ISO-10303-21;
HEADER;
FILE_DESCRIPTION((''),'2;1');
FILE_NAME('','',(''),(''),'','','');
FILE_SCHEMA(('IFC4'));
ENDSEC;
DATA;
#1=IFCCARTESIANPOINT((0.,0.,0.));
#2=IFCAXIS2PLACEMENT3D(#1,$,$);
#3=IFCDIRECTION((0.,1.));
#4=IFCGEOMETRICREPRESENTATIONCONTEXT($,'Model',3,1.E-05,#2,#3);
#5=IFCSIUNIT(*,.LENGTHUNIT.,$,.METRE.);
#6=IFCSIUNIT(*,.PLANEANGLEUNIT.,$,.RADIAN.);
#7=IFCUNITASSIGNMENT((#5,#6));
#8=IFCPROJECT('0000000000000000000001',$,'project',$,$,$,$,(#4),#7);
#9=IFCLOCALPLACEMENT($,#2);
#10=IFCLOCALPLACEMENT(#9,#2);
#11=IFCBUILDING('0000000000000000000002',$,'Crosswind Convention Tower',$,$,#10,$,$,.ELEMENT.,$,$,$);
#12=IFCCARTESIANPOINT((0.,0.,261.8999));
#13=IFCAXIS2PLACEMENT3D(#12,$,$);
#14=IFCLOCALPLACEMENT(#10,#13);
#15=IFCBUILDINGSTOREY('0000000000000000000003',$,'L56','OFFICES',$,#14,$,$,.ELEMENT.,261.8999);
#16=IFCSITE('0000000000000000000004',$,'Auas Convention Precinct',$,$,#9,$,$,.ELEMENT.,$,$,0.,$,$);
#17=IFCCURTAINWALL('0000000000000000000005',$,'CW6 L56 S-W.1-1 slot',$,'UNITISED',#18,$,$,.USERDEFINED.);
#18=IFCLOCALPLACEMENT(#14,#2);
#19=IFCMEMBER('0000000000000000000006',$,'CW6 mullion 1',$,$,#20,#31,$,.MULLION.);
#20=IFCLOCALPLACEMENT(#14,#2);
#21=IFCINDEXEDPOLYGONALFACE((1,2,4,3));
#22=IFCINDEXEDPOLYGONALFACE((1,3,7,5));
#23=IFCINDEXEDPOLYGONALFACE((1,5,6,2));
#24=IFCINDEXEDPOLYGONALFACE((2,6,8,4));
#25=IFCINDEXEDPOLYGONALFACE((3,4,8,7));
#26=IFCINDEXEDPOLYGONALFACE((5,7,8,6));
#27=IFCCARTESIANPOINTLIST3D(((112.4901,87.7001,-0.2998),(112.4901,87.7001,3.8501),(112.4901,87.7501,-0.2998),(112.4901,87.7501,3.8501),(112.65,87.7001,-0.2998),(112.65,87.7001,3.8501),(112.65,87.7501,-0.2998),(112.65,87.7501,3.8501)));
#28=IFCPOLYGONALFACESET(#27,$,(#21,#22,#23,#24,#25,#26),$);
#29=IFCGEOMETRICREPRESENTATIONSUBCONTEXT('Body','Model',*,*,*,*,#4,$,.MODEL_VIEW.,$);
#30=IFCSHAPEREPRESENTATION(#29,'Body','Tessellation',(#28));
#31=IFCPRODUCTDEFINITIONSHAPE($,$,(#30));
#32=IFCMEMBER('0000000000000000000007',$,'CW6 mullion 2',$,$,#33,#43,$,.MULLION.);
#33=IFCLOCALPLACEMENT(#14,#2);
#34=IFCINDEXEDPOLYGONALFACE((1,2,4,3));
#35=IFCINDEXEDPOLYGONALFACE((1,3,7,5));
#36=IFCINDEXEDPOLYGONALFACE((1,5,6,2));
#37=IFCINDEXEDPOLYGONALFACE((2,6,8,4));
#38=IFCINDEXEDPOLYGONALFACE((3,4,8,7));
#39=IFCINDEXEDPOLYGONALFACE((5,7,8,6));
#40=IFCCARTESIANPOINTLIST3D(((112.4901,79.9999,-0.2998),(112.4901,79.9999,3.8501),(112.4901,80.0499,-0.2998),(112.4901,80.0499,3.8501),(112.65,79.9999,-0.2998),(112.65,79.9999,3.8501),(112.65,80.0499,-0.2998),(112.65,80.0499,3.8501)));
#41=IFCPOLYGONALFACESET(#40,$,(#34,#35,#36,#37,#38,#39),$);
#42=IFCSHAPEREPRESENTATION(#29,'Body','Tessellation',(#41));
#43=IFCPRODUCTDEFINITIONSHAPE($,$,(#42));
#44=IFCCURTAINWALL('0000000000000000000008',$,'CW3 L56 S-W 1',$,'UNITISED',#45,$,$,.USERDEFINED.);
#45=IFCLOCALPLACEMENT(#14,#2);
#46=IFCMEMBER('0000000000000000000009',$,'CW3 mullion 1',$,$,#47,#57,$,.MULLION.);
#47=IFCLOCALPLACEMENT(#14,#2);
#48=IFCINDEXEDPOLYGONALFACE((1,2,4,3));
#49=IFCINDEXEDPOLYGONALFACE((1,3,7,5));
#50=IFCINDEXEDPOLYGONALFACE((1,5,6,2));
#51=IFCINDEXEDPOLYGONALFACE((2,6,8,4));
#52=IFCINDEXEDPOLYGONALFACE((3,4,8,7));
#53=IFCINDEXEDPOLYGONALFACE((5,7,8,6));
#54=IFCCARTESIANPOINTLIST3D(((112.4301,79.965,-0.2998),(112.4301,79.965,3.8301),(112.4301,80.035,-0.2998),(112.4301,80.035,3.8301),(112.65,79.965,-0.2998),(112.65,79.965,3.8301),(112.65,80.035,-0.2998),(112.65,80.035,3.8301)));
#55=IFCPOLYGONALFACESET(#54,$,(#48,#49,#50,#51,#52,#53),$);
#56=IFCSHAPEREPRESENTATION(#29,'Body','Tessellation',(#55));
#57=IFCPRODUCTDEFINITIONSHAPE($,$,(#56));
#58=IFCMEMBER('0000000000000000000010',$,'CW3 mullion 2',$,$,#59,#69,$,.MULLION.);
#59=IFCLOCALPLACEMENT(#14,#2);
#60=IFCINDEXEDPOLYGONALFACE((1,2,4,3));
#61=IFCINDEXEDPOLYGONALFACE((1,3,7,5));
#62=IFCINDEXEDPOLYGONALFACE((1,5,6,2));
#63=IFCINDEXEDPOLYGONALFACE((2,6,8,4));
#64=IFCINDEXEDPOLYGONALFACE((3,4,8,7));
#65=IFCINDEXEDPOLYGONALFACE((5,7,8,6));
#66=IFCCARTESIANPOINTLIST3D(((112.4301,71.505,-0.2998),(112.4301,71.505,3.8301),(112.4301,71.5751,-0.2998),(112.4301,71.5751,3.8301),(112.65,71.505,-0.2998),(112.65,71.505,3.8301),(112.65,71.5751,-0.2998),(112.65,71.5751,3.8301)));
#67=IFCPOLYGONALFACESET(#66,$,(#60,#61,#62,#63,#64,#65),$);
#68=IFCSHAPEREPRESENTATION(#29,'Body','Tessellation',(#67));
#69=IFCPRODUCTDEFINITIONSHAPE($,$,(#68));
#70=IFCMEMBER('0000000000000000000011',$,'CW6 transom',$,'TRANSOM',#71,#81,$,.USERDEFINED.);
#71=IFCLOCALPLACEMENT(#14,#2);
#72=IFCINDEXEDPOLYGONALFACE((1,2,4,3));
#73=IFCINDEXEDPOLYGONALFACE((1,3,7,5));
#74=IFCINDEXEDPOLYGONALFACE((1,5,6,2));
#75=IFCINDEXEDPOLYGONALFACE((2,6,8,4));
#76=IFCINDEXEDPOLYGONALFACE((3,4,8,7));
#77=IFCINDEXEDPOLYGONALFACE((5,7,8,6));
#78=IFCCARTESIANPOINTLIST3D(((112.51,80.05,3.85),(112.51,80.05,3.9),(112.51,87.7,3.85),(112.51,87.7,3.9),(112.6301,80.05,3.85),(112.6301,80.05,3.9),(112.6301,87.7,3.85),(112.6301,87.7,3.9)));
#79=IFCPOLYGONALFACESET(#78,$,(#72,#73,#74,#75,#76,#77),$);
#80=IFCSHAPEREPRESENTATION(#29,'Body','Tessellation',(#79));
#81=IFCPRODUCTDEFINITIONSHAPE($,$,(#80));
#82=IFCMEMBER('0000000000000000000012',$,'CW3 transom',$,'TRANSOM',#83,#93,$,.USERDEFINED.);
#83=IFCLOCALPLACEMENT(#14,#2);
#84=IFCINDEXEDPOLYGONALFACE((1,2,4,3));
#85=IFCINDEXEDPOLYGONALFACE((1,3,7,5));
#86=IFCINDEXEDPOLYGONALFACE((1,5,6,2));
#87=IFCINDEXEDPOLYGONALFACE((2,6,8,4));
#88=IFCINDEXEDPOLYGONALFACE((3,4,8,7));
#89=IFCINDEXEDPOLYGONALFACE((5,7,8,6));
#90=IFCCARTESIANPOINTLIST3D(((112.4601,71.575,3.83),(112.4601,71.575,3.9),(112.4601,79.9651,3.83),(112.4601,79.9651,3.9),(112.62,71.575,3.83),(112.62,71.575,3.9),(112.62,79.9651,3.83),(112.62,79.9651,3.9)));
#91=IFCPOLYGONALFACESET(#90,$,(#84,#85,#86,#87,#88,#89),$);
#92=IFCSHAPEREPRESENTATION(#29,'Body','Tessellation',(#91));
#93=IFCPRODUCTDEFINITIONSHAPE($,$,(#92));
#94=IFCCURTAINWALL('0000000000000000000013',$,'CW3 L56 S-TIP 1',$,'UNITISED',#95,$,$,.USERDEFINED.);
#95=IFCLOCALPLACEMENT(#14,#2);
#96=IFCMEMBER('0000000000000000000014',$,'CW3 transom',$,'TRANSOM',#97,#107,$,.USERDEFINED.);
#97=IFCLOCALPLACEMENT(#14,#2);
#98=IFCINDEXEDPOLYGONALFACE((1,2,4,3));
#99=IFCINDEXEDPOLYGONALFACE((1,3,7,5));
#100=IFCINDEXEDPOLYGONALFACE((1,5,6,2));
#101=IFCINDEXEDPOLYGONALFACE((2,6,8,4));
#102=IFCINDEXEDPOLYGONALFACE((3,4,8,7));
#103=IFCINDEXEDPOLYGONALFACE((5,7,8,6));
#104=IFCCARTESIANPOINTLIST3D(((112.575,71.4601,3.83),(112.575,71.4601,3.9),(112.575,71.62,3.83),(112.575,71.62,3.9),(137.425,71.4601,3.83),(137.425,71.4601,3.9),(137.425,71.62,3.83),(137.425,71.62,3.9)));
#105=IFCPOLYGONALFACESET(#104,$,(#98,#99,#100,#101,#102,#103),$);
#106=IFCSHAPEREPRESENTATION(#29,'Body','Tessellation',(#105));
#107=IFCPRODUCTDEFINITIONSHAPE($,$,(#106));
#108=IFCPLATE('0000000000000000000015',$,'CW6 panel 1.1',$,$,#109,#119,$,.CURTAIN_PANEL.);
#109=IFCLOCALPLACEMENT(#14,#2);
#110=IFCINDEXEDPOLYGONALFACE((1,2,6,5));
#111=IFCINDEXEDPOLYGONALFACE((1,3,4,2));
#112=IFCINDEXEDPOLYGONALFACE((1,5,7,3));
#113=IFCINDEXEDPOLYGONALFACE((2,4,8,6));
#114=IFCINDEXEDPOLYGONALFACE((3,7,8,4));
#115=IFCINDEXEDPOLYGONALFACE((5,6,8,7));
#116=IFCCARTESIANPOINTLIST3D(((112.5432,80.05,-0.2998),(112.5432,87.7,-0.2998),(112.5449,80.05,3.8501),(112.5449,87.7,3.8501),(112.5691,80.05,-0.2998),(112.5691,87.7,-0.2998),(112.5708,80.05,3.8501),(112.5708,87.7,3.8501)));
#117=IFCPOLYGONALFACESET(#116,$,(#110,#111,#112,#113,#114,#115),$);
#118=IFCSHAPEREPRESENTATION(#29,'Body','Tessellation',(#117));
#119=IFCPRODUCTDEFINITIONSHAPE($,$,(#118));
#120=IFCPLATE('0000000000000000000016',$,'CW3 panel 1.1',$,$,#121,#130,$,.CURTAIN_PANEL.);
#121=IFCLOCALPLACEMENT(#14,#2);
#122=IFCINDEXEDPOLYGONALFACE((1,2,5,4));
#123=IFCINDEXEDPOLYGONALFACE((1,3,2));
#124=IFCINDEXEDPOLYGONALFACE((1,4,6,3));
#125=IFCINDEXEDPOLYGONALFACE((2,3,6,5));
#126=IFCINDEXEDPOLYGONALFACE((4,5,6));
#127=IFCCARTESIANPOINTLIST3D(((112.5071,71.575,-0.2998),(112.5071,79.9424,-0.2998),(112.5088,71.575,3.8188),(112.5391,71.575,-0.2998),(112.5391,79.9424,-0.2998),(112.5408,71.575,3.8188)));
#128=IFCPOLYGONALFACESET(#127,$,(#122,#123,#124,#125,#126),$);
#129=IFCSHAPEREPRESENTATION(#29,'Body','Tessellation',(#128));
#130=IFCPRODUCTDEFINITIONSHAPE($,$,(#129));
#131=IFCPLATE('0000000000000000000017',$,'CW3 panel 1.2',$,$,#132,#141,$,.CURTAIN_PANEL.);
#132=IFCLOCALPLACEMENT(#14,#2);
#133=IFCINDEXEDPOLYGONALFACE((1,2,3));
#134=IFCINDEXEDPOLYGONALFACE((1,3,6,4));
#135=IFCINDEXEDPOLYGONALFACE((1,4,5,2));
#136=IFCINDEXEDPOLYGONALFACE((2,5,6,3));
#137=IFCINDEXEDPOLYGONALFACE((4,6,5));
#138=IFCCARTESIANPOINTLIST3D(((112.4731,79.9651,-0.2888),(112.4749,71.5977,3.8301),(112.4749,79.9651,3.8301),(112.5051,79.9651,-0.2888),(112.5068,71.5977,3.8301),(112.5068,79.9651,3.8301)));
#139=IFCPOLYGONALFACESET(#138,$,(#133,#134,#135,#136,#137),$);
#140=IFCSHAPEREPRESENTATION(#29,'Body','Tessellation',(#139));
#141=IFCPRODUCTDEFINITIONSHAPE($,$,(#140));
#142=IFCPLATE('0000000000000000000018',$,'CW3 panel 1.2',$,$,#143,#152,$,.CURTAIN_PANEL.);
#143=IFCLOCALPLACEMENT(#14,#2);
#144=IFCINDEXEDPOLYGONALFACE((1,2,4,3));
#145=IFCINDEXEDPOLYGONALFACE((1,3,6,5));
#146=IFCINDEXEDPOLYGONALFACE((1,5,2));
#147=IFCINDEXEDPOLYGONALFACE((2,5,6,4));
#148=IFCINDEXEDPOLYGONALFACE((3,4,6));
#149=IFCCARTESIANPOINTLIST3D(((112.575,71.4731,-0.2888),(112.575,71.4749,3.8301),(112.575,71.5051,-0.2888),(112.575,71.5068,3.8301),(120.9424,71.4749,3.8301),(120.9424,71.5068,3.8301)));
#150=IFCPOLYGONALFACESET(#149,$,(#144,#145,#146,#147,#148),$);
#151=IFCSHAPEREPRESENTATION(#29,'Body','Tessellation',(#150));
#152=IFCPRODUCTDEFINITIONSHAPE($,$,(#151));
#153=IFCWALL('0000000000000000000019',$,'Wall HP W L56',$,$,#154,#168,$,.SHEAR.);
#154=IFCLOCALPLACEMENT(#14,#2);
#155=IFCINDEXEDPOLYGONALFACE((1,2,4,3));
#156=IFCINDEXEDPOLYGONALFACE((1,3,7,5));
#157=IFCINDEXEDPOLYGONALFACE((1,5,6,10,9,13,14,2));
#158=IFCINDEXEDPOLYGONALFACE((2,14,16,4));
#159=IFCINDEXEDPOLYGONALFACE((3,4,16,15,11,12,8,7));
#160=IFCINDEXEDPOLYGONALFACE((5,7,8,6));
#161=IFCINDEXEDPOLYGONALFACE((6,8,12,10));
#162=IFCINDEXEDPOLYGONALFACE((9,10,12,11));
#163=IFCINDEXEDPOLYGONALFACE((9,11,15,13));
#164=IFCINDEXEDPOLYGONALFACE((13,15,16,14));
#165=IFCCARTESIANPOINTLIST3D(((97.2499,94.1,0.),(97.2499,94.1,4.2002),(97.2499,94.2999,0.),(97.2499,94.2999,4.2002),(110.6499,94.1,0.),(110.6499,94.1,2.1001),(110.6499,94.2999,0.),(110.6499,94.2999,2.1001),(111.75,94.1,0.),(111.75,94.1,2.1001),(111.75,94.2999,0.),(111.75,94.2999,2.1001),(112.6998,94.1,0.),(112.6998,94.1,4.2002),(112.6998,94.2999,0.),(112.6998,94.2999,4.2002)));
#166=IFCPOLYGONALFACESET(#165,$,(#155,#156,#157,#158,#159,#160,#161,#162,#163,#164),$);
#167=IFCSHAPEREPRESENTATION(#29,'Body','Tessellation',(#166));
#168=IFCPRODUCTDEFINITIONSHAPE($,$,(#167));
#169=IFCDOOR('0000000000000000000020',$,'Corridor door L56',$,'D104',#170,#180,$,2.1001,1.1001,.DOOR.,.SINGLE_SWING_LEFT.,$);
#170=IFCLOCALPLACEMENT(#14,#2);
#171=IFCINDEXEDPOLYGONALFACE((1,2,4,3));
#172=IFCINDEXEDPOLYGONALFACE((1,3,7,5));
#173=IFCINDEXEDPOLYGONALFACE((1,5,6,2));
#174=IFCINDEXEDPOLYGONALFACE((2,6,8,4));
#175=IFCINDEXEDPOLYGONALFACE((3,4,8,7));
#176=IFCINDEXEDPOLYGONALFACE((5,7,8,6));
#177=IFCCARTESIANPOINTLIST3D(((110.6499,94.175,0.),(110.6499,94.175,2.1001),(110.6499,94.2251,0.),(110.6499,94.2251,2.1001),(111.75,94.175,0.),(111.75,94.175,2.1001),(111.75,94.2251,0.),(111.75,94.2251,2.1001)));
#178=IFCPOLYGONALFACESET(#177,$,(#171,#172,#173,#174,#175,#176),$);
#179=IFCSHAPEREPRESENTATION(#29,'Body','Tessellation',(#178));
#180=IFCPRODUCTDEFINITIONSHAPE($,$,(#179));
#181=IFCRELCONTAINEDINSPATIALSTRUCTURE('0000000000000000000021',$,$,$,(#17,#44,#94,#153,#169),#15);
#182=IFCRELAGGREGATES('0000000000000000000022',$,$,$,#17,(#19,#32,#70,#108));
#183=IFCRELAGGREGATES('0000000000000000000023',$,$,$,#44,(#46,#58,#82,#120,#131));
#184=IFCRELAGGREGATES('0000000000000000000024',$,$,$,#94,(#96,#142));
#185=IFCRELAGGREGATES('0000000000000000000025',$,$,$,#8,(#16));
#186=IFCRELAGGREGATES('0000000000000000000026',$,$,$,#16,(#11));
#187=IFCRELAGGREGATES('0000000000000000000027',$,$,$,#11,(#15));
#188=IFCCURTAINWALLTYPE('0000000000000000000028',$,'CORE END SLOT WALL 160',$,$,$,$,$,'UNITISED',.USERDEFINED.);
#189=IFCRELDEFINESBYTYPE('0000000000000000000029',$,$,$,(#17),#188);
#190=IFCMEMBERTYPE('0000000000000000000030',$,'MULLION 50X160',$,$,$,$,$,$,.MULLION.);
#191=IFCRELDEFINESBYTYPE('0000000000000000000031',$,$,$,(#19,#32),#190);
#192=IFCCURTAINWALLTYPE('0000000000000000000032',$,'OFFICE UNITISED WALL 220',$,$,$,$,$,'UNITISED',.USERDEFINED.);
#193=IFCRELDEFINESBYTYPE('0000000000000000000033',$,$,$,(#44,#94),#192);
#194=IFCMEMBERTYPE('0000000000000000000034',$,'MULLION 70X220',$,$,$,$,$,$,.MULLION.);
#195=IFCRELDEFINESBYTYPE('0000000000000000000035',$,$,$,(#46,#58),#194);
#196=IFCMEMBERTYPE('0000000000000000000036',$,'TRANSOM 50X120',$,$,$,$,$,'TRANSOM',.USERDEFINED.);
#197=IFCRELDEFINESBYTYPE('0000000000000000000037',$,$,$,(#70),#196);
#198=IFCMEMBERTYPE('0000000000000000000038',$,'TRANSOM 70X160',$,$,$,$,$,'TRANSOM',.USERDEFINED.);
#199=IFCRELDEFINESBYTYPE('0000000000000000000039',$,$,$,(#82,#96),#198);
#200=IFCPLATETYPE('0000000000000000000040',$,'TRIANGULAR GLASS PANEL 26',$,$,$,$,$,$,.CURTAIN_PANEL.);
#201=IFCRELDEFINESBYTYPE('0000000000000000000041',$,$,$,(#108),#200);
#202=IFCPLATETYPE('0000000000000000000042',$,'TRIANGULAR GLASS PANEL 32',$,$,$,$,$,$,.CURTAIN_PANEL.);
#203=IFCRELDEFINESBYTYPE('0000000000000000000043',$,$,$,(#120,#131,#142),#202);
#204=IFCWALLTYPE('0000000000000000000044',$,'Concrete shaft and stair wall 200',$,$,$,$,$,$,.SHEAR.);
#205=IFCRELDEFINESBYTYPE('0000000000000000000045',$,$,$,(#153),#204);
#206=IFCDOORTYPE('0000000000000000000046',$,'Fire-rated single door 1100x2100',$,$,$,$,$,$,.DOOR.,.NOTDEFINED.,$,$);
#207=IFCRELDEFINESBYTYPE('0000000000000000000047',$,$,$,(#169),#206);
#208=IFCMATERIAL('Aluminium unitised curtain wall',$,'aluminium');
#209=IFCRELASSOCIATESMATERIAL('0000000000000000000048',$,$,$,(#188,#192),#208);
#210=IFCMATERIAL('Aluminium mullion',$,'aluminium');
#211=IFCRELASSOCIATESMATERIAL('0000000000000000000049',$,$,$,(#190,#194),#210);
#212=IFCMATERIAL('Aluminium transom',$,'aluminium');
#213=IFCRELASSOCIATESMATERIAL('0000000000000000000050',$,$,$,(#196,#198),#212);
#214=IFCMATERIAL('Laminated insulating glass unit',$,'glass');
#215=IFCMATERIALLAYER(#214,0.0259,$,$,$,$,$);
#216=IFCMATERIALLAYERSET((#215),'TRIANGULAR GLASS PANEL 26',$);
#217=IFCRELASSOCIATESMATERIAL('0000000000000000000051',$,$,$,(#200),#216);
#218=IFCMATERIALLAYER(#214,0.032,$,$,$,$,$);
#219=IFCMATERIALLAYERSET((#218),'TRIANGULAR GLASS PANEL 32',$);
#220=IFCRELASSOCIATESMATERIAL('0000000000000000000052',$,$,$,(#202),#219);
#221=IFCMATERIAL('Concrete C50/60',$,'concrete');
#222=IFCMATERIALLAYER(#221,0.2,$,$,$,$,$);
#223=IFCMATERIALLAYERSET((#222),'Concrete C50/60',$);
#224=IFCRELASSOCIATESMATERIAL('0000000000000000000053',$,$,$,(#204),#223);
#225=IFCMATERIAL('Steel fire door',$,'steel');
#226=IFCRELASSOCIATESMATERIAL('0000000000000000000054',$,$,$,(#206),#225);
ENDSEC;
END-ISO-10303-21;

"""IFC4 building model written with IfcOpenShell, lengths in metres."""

from ifc_helpers import new_model, si_unit, direction, frame, frame_2d, origin, origin_2d, place, context, subcontext, project, spatial, polyline, rectangle, outline, extrude, material, layer, layer_set, material_profile, profile_set, type_object, element, fill, aggregate, save


model = new_model("IFC4")

# Units and contexts
model_context = context("Model", 3, precision=1e-05, world=origin(), true_north=direction((0.0, 1.0)))
body_context = subcontext(model_context, "Body", "Model", "MODEL_VIEW")
ifc_project = project(units=[si_unit("LENGTHUNIT", "METRE"), si_unit("PLANEANGLEUNIT", "RADIAN")], contexts=[model_context])

# Site, building, storey
site_placement = place(None, origin())
site = spatial("IfcSite", under=ifc_project, at=site_placement, Name="Auas Convention Precinct", CompositionType="ELEMENT", RefElevation=0.0)
building_placement = place(site_placement, origin())
building = spatial("IfcBuilding", under=site, at=building_placement, Name="Crosswind Convention Tower", CompositionType="ELEMENT")
storey_placement = place(building_placement, frame((0.0, 0.0, 261.8999)))
storey = spatial("IfcBuildingStorey", under=building, at=storey_placement, Name="L56", Description="OFFICES", CompositionType="ELEMENT", Elevation=261.8999)

# Curtain walls, members
ifc_material_1 = material(Name="Aluminium unitised curtain wall", Category="aluminium")
curtain_wall_type_1 = type_object("IfcCurtainWallType", Name="CORE END SLOT WALL 160", ElementType="UNITISED", PredefinedType="USERDEFINED", material=ifc_material_1)
curtain_wall_1_placement = place(storey_placement, origin())
curtain_wall_1 = element("IfcCurtainWall", 1, at=curtain_wall_1_placement, inside=storey, type_object=curtain_wall_type_1, Name="CW6 L56 S-W.1-1 slot", ObjectType="UNITISED", PredefinedType="USERDEFINED")
ifc_material_2 = material(Name="Aluminium mullion", Category="aluminium")
ifc_material_profile_1 = material_profile(ifc_material_2, rectangle(XDim=0.1599, YDim=0.05, at=origin_2d()), Name="AL 160X50")
ifc_profile_set_1 = profile_set([ifc_material_profile_1], Name="Aluminium mullion")
member_type_1 = type_object("IfcMemberType", Name="MULLION 50X160", PredefinedType="MULLION", material=ifc_profile_set_1)
member_1_placement = place(storey_placement, frame((112.5701, 87.7251, -0.2998), z_axis=(0.0, 0.0, 1.0), x_axis=(-1.0, 0.0, 0.0)))
member_1 = element("IfcMember", 2, at=member_1_placement, type_object=member_type_1, Name="CW6 mullion 1", PredefinedType="MULLION", context=body_context, shape_type="SweptSolid", body=[
    extrude(rectangle(XDim=0.1599, YDim=0.05, at=origin_2d()), origin(), (0.0, 0.0, 1.0), 4.1499),
])
member_2_placement = place(storey_placement, frame((112.5701, 80.0249, -0.2998), z_axis=(0.0, 0.0, 1.0), x_axis=(-1.0, 0.0, 0.0)))
member_2 = element("IfcMember", 3, at=member_2_placement, type_object=member_type_1, Name="CW6 mullion 2", PredefinedType="MULLION", context=body_context, shape_type="SweptSolid", body=[
    extrude(rectangle(XDim=0.1599, YDim=0.05, at=origin_2d()), origin(), (0.0, 0.0, 1.0), 4.1499),
])
curtain_wall_type_2 = type_object("IfcCurtainWallType", Name="OFFICE UNITISED WALL 220", ElementType="UNITISED", PredefinedType="USERDEFINED", material=ifc_material_1)
curtain_wall_2_placement = place(storey_placement, origin())
curtain_wall_2 = element("IfcCurtainWall", 4, at=curtain_wall_2_placement, inside=storey, type_object=curtain_wall_type_2, Name="CW3 L56 S-W 1", ObjectType="UNITISED", PredefinedType="USERDEFINED")
ifc_material_profile_2 = material_profile(ifc_material_2, rectangle(XDim=0.22, YDim=0.0701, at=origin_2d()), Name="AL 220X70")
ifc_profile_set_2 = profile_set([ifc_material_profile_2], Name="Aluminium mullion")
member_type_2 = type_object("IfcMemberType", Name="MULLION 70X220", PredefinedType="MULLION", material=ifc_profile_set_2)
member_3_placement = place(storey_placement, frame((112.54, 80.0, -0.2998), z_axis=(0.0, 0.0, 1.0), x_axis=(-1.0, 0.0, 0.0)))
member_3 = element("IfcMember", 5, at=member_3_placement, type_object=member_type_2, Name="CW3 mullion 1", PredefinedType="MULLION", context=body_context, shape_type="SweptSolid", body=[
    extrude(rectangle(XDim=0.22, YDim=0.0701, at=origin_2d()), origin(), (0.0, 0.0, 1.0), 4.1299),
])
member_4_placement = place(storey_placement, frame((112.54, 71.54, -0.2998), z_axis=(0.0, 0.0, 1.0), x_axis=(-1.0, 0.0, 0.0)))
member_4 = element("IfcMember", 6, at=member_4_placement, type_object=member_type_2, Name="CW3 mullion 2", PredefinedType="MULLION", context=body_context, shape_type="SweptSolid", body=[
    extrude(rectangle(XDim=0.22, YDim=0.0701, at=origin_2d()), origin(), (0.0, 0.0, 1.0), 4.1299),
])

# Members
ifc_material_3 = material(Name="Aluminium transom", Category="aluminium")
ifc_material_profile_3 = material_profile(ifc_material_3, rectangle(XDim=0.1201, YDim=0.05, at=origin_2d()), Name="AL 120X50")
ifc_profile_set_3 = profile_set([ifc_material_profile_3], Name="Aluminium transom")
member_type_3 = type_object("IfcMemberType", Name="TRANSOM 50X120", ElementType="TRANSOM", PredefinedType="USERDEFINED", material=ifc_profile_set_3)
member_5_placement = place(storey_placement, frame((112.5701, 87.7, 3.875), z_axis=(0.0, -1.0, 0.0), x_axis=(1.0, 0.0, 0.0)))
member_5 = element("IfcMember", 7, at=member_5_placement, type_object=member_type_3, Name="CW6 transom", ObjectType="TRANSOM", PredefinedType="USERDEFINED", context=body_context, shape_type="SweptSolid", body=[
    extrude(rectangle(XDim=0.1201, YDim=0.05, at=origin_2d()), origin(), (0.0, 0.0, 1.0), 7.6499),
])
ifc_material_profile_4 = material_profile(ifc_material_3, rectangle(XDim=0.1599, YDim=0.0701, at=origin_2d()), Name="AL 160X70")
ifc_profile_set_4 = profile_set([ifc_material_profile_4], Name="Aluminium transom")
member_type_4 = type_object("IfcMemberType", Name="TRANSOM 70X160", ElementType="TRANSOM", PredefinedType="USERDEFINED", material=ifc_profile_set_4)
member_6_placement = place(storey_placement, frame((112.54, 79.9651, 3.865), z_axis=(0.0, -1.0, 0.0), x_axis=(1.0, 0.0, 0.0)))
member_6 = element("IfcMember", 8, at=member_6_placement, type_object=member_type_4, Name="CW3 transom", ObjectType="TRANSOM", PredefinedType="USERDEFINED", context=body_context, shape_type="SweptSolid", body=[
    extrude(rectangle(XDim=0.1599, YDim=0.0701, at=origin_2d()), origin(), (0.0, 0.0, 1.0), 8.3901),
])

# Curtain wall, member
curtain_wall_3_placement = place(storey_placement, origin())
curtain_wall_3 = element("IfcCurtainWall", 9, at=curtain_wall_3_placement, inside=storey, type_object=curtain_wall_type_2, Name="CW3 L56 S-TIP 1", ObjectType="UNITISED", PredefinedType="USERDEFINED")
member_7_placement = place(storey_placement, frame((112.575, 71.54, 3.865), z_axis=(1.0, 0.0, 0.0), x_axis=(0.0, 1.0, 0.0)))
member_7 = element("IfcMember", 10, at=member_7_placement, type_object=member_type_4, Name="CW3 transom", ObjectType="TRANSOM", PredefinedType="USERDEFINED", context=body_context, shape_type="SweptSolid", body=[
    extrude(rectangle(XDim=0.1599, YDim=0.0701, at=origin_2d()), origin(), (0.0, 0.0, 1.0), 24.8501),
])

# Plates
ifc_material_4 = material(Name="Laminated insulating glass unit", Category="glass")
ifc_layer_1 = layer(ifc_material_4, 0.0259)
ifc_layer_set_1 = layer_set([ifc_layer_1], Name="TRIANGULAR GLASS PANEL 26")
plate_type_1 = type_object("IfcPlateType", Name="TRIANGULAR GLASS PANEL 26", PredefinedType="CURTAIN_PANEL", material=ifc_layer_set_1)
plate_1_placement = place(storey_placement, frame((112.5432, 87.7, -0.2998), z_axis=(-1.0, 0.0, 0.000412), x_axis=(0.0, -1.0, 0.0)))
plate_1 = element("IfcPlate", 11, at=plate_1_placement, type_object=plate_type_1, Name="CW6 panel 1.1", PredefinedType="CURTAIN_PANEL", context=body_context, shape_type="SweptSolid", body=[
    extrude(outline(polyline([(0.0, 0.0), (7.6499, 0.0), (7.6499, 4.1499), (0.0, 4.1499), (0.0, 0.0)])), origin(), (0.0, 0.0, -1.0), 0.0259),
])
aggregate(curtain_wall_1, [member_1, member_2, member_5, plate_1])
ifc_layer_2 = layer(ifc_material_4, 0.032)
ifc_layer_set_2 = layer_set([ifc_layer_2], Name="TRIANGULAR GLASS PANEL 32")
plate_type_2 = type_object("IfcPlateType", Name="TRIANGULAR GLASS PANEL 32", PredefinedType="CURTAIN_PANEL", material=ifc_layer_set_2)
plate_2_placement = place(storey_placement, frame((112.5071, 71.575, -0.2998), z_axis=(-1.0, 0.0, 0.000415), x_axis=(0.000415, 0.0, 1.0)))
plate_2 = element("IfcPlate", 12, at=plate_2_placement, type_object=plate_type_2, Name="CW3 panel 1.1", PredefinedType="CURTAIN_PANEL", context=body_context, shape_type="SweptSolid", body=[
    extrude(outline(polyline([(0.0, 0.0), (4.1187, 0.0), (0.0, 8.3674), (0.0, 0.0)])), origin(), (0.0, 0.0, -1.0), 0.032),
])
plate_3_placement = place(storey_placement, frame((112.4749, 79.9651, 3.8301), z_axis=(-1.0, 0.0, 0.000415), x_axis=(-0.000415, 0.0, -1.0)))
plate_3 = element("IfcPlate", 13, at=plate_3_placement, type_object=plate_type_2, Name="CW3 panel 1.2", PredefinedType="CURTAIN_PANEL", context=body_context, shape_type="SweptSolid", body=[
    extrude(outline(polyline([(0.0, 0.0), (4.1189, 0.0), (0.0, 8.3674), (0.0, 0.0)])), origin(), (0.0, 0.0, -1.0), 0.032),
])
plate_4_placement = place(storey_placement, frame((112.575, 71.4749, 3.8301), z_axis=(0.0, -1.0, 0.000415), x_axis=(0.0, -0.000415, -1.0)))
plate_4 = element("IfcPlate", 14, at=plate_4_placement, type_object=plate_type_2, Name="CW3 panel 1.2", PredefinedType="CURTAIN_PANEL", context=body_context, shape_type="SweptSolid", body=[
    extrude(outline(polyline([(0.0, 0.0), (4.1189, 0.0), (0.0, 8.3674), (0.0, 0.0)])), origin(), (0.0, 0.0, -1.0), 0.032),
])

# Wall, opening, door
ifc_material_5 = material(Name="Concrete C50/60", Category="concrete")
ifc_layer_3 = layer(ifc_material_5, 0.2)
ifc_layer_set_3 = layer_set([ifc_layer_3], Name="Concrete C50/60")
wall_type = type_object("IfcWallType", Name="Concrete shaft and stair wall 200", PredefinedType="SHEAR", material=ifc_layer_set_3)
wall_1_placement = place(storey_placement, frame((112.7, 94.2, 0.0), z_axis=(0.0, 0.0, 1.0), x_axis=(-1.0, 0.0, 0.0)))
wall_1 = element("IfcWall", 15, at=wall_1_placement, inside=storey, type_object=wall_type, Name="Wall HP W L56", PredefinedType="SHEAR", context=body_context, shape_type="SweptSolid", body=[
    extrude(rectangle(XDim=15.45, YDim=0.2, at=frame_2d((7.7251, 0.0))), origin(), (0.0, 0.0, 1.0), 4.2002),
])
opening_1_placement = place(wall_1_placement, frame((0.95, 0.0, 0.0)))
opening_1 = element("IfcOpeningElement", 16, at=opening_1_placement, cuts=wall_1, PredefinedType="OPENING", context=body_context, shape_type="SweptSolid", body=[
    extrude(rectangle(XDim=1.1001, YDim=2.1001, at=frame_2d((0.55, 1.05))), frame((0.0, 0.1099, 0.0), z_axis=(0.0, -1.0, 0.0), x_axis=(1.0, 0.0, 0.0)), (0.0, 0.0, 1.0), 0.22),
])
ifc_material_6 = material(Name="Steel fire door", Category="steel")
door_type_1 = type_object("IfcDoorType", Name="Fire-rated single door 1100x2100", OperationType="NOTDEFINED", PredefinedType="DOOR", material=ifc_material_6)
door_1_placement = place(opening_1_placement, origin())
door_1 = element("IfcDoor", 17, at=door_1_placement, inside=storey, type_object=door_type_1, Name="Corridor door L56", ObjectType="D104", OperationType="SINGLE_SWING_LEFT", OverallHeight=2.1001, OverallWidth=1.1001, PredefinedType="DOOR", context=body_context, shape_type="SweptSolid", body=[
    extrude(rectangle(XDim=1.1001, YDim=2.1001, at=frame_2d((0.55, 1.05))), frame((0.0, 0.0249, 0.0), z_axis=(0.0, -1.0, 0.0), x_axis=(1.0, 0.0, 0.0)), (0.0, 0.0, 1.0), 0.05),
])
fill(opening_1, door_1)

aggregate(curtain_wall_2, [member_3, member_4, member_6, plate_2, plate_3])
aggregate(curtain_wall_3, [member_7, plate_4])

save(model, "model.ifc")
